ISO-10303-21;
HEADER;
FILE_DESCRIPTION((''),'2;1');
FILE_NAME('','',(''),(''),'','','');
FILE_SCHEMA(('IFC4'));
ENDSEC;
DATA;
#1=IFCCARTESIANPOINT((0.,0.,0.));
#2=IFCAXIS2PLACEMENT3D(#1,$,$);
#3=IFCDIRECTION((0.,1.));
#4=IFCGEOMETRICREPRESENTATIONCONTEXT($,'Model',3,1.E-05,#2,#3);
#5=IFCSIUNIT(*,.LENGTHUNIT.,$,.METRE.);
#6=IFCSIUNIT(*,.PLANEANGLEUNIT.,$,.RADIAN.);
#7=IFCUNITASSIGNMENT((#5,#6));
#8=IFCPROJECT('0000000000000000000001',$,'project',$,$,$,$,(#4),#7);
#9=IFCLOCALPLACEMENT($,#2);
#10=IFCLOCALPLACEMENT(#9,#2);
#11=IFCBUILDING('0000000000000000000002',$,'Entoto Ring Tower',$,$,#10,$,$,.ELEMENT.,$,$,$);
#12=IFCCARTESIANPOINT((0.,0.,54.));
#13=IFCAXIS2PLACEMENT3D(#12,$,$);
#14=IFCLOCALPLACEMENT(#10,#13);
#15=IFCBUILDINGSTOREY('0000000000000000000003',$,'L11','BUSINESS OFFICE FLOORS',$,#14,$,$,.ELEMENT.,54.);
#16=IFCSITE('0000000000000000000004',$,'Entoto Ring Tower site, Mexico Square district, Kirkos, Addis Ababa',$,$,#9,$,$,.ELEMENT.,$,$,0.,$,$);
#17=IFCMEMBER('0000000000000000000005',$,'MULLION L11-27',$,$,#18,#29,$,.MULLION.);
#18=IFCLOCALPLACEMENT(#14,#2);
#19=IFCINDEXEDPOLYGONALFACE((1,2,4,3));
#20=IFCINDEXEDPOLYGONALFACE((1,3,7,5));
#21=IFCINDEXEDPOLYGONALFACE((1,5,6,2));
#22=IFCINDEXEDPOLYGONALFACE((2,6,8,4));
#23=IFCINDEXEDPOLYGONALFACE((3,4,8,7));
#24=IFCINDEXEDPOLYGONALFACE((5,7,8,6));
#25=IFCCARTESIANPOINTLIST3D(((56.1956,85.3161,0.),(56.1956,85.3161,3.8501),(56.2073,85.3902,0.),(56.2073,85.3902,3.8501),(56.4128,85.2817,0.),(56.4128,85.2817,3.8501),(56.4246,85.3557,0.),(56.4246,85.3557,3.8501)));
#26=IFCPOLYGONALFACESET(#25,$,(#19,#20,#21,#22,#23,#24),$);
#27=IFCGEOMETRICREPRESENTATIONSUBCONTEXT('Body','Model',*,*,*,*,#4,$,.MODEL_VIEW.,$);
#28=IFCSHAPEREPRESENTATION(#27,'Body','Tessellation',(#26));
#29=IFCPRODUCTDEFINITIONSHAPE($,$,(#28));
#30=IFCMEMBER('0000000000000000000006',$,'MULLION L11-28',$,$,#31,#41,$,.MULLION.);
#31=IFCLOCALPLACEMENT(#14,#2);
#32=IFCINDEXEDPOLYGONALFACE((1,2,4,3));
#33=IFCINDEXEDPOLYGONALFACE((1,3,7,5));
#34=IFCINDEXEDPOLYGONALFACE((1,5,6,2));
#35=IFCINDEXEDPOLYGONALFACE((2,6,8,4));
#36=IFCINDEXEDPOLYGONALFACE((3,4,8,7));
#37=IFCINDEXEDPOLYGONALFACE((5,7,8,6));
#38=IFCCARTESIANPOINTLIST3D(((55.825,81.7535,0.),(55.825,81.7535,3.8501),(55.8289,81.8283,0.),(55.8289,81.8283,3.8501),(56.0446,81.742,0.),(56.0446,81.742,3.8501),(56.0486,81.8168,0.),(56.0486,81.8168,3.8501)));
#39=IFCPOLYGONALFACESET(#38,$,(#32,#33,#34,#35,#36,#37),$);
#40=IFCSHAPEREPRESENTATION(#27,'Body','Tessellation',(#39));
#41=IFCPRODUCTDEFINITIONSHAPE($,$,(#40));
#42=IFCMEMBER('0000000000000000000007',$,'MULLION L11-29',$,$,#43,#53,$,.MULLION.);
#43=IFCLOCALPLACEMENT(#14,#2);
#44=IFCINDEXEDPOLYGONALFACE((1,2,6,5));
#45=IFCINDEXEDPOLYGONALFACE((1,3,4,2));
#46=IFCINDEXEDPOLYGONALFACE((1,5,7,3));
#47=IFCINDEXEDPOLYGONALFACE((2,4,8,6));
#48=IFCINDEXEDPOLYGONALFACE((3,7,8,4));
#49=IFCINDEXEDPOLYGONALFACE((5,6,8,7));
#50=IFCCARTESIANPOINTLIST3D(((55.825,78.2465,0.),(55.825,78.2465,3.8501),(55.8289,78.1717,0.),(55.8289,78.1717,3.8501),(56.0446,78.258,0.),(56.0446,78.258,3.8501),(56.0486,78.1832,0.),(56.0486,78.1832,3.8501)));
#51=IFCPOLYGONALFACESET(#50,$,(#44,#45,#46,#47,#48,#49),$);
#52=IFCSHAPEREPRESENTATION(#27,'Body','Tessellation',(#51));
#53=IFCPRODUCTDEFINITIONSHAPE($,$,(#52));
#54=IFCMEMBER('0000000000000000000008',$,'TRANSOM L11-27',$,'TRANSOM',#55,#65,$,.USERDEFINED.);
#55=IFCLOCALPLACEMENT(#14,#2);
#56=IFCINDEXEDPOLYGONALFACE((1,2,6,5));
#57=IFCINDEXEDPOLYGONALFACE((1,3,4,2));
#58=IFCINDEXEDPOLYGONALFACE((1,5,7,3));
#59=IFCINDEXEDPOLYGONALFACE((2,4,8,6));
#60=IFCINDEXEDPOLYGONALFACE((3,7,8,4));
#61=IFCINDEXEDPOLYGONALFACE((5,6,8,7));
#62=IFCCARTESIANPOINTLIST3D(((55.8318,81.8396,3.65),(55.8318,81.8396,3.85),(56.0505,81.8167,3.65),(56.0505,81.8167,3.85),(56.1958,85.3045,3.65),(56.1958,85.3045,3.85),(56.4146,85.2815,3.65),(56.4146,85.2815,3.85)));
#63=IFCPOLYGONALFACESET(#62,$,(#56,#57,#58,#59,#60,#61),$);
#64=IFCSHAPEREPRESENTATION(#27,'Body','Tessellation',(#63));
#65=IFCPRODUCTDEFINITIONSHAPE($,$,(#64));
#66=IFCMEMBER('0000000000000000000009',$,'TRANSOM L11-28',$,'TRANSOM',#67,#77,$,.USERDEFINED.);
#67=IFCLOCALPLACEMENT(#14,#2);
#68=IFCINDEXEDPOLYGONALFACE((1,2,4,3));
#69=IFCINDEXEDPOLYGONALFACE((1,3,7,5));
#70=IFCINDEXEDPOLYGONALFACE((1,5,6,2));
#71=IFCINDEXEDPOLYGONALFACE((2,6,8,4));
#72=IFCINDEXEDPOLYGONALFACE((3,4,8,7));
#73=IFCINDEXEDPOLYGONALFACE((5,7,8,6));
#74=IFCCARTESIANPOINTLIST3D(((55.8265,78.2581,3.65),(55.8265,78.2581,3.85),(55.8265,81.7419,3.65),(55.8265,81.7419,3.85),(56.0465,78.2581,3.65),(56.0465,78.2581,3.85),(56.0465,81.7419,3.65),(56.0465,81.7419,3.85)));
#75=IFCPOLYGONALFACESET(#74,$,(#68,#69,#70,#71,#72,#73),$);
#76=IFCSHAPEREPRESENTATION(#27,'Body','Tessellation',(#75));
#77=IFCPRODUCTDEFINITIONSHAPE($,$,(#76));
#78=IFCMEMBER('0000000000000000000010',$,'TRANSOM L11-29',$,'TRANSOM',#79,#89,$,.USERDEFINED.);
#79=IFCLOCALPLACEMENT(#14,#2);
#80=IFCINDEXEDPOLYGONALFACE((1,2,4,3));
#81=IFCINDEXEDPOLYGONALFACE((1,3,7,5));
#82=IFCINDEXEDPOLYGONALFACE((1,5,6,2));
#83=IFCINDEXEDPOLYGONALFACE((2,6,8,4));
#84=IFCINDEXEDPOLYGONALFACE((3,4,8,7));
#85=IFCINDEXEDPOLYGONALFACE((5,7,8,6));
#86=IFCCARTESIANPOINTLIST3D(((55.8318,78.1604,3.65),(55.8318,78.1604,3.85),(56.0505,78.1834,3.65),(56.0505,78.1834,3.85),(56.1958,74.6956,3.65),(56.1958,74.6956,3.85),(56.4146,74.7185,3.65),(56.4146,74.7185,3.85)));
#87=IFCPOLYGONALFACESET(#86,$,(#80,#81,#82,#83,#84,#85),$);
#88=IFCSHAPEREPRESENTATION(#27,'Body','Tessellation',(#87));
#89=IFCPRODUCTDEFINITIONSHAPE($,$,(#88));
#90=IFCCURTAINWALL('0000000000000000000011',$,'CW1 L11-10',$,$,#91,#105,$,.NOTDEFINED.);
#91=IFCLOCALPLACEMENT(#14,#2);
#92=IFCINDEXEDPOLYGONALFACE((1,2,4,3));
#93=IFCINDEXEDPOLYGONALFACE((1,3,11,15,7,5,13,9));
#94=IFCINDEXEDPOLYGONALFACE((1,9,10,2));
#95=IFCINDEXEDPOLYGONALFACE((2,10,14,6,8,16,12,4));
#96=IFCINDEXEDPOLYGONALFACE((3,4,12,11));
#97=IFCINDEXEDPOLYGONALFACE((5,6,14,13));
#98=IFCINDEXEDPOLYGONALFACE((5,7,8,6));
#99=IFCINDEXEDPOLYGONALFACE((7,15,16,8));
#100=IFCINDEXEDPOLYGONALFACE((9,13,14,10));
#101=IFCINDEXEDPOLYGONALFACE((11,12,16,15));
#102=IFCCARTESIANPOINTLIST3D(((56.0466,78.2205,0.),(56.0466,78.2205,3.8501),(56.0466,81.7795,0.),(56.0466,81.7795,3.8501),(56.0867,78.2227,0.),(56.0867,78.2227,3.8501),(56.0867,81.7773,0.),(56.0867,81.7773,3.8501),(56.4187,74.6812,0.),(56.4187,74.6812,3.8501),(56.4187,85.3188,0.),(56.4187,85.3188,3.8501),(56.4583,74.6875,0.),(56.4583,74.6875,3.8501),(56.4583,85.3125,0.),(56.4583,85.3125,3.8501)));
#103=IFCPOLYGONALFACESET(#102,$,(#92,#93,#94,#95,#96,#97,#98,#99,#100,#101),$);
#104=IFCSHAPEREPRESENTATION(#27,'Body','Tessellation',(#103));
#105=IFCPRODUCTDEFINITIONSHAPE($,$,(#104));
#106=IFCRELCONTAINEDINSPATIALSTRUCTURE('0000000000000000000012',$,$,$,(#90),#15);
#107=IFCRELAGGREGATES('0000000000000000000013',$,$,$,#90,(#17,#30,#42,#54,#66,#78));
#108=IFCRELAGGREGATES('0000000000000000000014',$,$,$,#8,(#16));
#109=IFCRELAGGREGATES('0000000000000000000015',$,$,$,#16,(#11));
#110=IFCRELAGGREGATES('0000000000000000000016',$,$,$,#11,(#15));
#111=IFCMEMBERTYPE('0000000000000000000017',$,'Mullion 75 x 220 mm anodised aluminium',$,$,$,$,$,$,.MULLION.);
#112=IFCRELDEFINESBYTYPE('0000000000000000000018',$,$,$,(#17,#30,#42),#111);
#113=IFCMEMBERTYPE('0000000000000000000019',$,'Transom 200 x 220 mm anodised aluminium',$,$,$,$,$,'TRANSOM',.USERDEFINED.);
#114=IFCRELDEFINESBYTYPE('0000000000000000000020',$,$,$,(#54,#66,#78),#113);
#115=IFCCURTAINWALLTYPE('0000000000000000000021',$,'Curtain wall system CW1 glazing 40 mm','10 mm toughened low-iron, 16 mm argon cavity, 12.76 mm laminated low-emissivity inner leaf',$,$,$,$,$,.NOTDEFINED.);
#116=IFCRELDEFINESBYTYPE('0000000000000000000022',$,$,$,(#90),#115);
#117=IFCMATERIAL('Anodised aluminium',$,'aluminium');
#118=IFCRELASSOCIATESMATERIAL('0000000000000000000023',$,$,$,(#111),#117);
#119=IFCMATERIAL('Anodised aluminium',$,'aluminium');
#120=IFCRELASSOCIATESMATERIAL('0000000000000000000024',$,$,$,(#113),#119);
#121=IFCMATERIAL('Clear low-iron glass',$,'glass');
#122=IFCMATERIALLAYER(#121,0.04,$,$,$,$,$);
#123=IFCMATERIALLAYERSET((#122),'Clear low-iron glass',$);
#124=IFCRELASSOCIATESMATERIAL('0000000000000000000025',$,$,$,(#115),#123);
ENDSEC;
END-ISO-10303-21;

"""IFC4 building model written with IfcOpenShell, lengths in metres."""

from ifc_helpers import new_model, si_unit, direction, frame, origin, origin_2d, place, context, subcontext, project, spatial, polyline, rectangle, outline, extrude, material, layer, layer_set, material_profile, profile_set, type_object, element, aggregate, save


model = new_model("IFC4")

# Units and contexts
model_context = context("Model", 3, precision=1e-05, world=origin(), true_north=direction((0.0, 1.0)))
body_context = subcontext(model_context, "Body", "Model", "MODEL_VIEW")
ifc_project = project(units=[si_unit("LENGTHUNIT", "METRE"), si_unit("PLANEANGLEUNIT", "RADIAN")], contexts=[model_context])

# Members
ifc_material_1 = material(Name="Anodised aluminium", Category="aluminium")
ifc_material_profile_1 = material_profile(ifc_material_1, rectangle(XDim=0.075, YDim=0.22, at=origin_2d()), Name="Mullion 75 x 220 mm anodised aluminium")
ifc_profile_set_1 = profile_set([ifc_material_profile_1], Name="Anodised aluminium")
member_type_1 = type_object("IfcMemberType", Name="Mullion 75 x 220 mm anodised aluminium", PredefinedType="MULLION", material=ifc_profile_set_1)
site_placement = place(None, origin())
building_placement = place(site_placement, origin())
storey_placement = place(building_placement, frame((0.0, 0.0, 54.0)))
member_1_placement = place(storey_placement, frame((56.3101, 85.3359, 0.0), z_axis=(0.0, 0.0, 1.0), x_axis=(-0.156434, -0.987688, 0.0)))
member_1 = element("IfcMember", 1, at=member_1_placement, type_object=member_type_1, Name="MULLION L11-27", PredefinedType="MULLION", context=body_context, shape_type="SweptSolid", body=[
    extrude(rectangle(XDim=0.075, YDim=0.22, at=origin_2d()), origin(), (0.0, 0.0, 1.0), 3.8501),
])
member_2_placement = place(storey_placement, frame((55.9368, 81.7852, 0.0), z_axis=(0.0, 0.0, 1.0), x_axis=(-0.052336, -0.99863, 0.0)))
member_2 = element("IfcMember", 2, at=member_2_placement, type_object=member_type_1, Name="MULLION L11-28", PredefinedType="MULLION", context=body_context, shape_type="SweptSolid", body=[
    extrude(rectangle(XDim=0.075, YDim=0.22, at=origin_2d()), origin(), (0.0, 0.0, 1.0), 3.8501),
])
member_3_placement = place(storey_placement, frame((55.9368, 78.2148, 0.0), z_axis=(0.0, 0.0, 1.0), x_axis=(0.052336, -0.99863, 0.0)))
member_3 = element("IfcMember", 3, at=member_3_placement, type_object=member_type_1, Name="MULLION L11-29", PredefinedType="MULLION", context=body_context, shape_type="SweptSolid", body=[
    extrude(rectangle(XDim=0.075, YDim=0.22, at=origin_2d()), origin(), (0.0, 0.0, 1.0), 3.8501),
])
ifc_material_2 = material(Name="Anodised aluminium", Category="aluminium")
ifc_material_profile_2 = material_profile(ifc_material_2, rectangle(XDim=0.22, YDim=0.2, at=origin_2d()), Name="Transom 200 x 220 mm anodised aluminium")
ifc_profile_set_2 = profile_set([ifc_material_profile_2], Name="Anodised aluminium")
member_type_2 = type_object("IfcMemberType", Name="Transom 200 x 220 mm anodised aluminium", ElementType="TRANSOM", PredefinedType="USERDEFINED", material=ifc_profile_set_2)
member_4_placement = place(storey_placement, frame((56.3052, 85.293, 3.75), z_axis=(-0.104484, -0.994527, 0.0), x_axis=(0.994527, -0.104484, 0.0)))
member_4 = element("IfcMember", 4, at=member_4_placement, type_object=member_type_2, Name="TRANSOM L11-27", ObjectType="TRANSOM", PredefinedType="USERDEFINED", context=body_context, shape_type="SweptSolid", body=[
    extrude(rectangle(XDim=0.22, YDim=0.2, at=origin_2d()), origin(), (0.0, 0.0, 1.0), 3.4839),
])
member_5_placement = place(storey_placement, frame((55.9365, 81.7419, 3.75), z_axis=(0.0, -1.0, 0.0), x_axis=(1.0, 0.0, 0.0)))
member_5 = element("IfcMember", 5, at=member_5_placement, type_object=member_type_2, Name="TRANSOM L11-28", ObjectType="TRANSOM", PredefinedType="USERDEFINED", context=body_context, shape_type="SweptSolid", body=[
    extrude(rectangle(XDim=0.22, YDim=0.2, at=origin_2d()), origin(), (0.0, 0.0, 1.0), 3.4839),
])
member_6_placement = place(storey_placement, frame((55.9412, 78.1719, 3.75), z_axis=(0.104484, -0.994527, 0.0), x_axis=(0.994527, 0.104484, 0.0)))
member_6 = element("IfcMember", 6, at=member_6_placement, type_object=member_type_2, Name="TRANSOM L11-29", ObjectType="TRANSOM", PredefinedType="USERDEFINED", context=body_context, shape_type="SweptSolid", body=[
    extrude(rectangle(XDim=0.22, YDim=0.2, at=origin_2d()), origin(), (0.0, 0.0, 1.0), 3.4839),
])

# Site, building, storey
site = spatial("IfcSite", under=ifc_project, at=site_placement, Name="Entoto Ring Tower site, Mexico Square district, Kirkos, Addis Ababa", CompositionType="ELEMENT", RefElevation=0.0)
building = spatial("IfcBuilding", under=site, at=building_placement, Name="Entoto Ring Tower", CompositionType="ELEMENT")
storey = spatial("IfcBuildingStorey", under=building, at=storey_placement, Name="L11", Description="BUSINESS OFFICE FLOORS", CompositionType="ELEMENT", Elevation=54.0)

# Curtain wall
ifc_material_3 = material(Name="Clear low-iron glass", Category="glass")
ifc_layer = layer(ifc_material_3, 0.04)
ifc_layer_set = layer_set([ifc_layer], Name="Clear low-iron glass")
curtain_wall_type = type_object("IfcCurtainWallType", Name="Curtain wall system CW1 glazing 40 mm", Description="10 mm toughened low-iron, 16 mm argon cavity, 12.76 mm laminated low-emissivity inner leaf", PredefinedType="NOTDEFINED", material=ifc_layer_set)
curtain_wall_1_placement = place(storey_placement, origin())
curtain_wall_1 = element("IfcCurtainWall", 7, at=curtain_wall_1_placement, inside=storey, type_object=curtain_wall_type, Name="CW1 L11-10", PredefinedType="NOTDEFINED", context=body_context, shape_type="SweptSolid", body=[
    extrude(outline(polyline([(56.4187, 85.3188), (56.0466, 81.7795), (56.0466, 78.2205), (56.4187, 74.6812), (56.4583, 74.6875), (56.0867, 78.2227), (56.0867, 81.7773), (56.4583, 85.3125), (56.4187, 85.3188)])), origin(), (0.0, 0.0, 1.0), 3.8501),
])
aggregate(curtain_wall_1, [member_1, member_2, member_3, member_4, member_5, member_6])

save(model, "model.ifc")
